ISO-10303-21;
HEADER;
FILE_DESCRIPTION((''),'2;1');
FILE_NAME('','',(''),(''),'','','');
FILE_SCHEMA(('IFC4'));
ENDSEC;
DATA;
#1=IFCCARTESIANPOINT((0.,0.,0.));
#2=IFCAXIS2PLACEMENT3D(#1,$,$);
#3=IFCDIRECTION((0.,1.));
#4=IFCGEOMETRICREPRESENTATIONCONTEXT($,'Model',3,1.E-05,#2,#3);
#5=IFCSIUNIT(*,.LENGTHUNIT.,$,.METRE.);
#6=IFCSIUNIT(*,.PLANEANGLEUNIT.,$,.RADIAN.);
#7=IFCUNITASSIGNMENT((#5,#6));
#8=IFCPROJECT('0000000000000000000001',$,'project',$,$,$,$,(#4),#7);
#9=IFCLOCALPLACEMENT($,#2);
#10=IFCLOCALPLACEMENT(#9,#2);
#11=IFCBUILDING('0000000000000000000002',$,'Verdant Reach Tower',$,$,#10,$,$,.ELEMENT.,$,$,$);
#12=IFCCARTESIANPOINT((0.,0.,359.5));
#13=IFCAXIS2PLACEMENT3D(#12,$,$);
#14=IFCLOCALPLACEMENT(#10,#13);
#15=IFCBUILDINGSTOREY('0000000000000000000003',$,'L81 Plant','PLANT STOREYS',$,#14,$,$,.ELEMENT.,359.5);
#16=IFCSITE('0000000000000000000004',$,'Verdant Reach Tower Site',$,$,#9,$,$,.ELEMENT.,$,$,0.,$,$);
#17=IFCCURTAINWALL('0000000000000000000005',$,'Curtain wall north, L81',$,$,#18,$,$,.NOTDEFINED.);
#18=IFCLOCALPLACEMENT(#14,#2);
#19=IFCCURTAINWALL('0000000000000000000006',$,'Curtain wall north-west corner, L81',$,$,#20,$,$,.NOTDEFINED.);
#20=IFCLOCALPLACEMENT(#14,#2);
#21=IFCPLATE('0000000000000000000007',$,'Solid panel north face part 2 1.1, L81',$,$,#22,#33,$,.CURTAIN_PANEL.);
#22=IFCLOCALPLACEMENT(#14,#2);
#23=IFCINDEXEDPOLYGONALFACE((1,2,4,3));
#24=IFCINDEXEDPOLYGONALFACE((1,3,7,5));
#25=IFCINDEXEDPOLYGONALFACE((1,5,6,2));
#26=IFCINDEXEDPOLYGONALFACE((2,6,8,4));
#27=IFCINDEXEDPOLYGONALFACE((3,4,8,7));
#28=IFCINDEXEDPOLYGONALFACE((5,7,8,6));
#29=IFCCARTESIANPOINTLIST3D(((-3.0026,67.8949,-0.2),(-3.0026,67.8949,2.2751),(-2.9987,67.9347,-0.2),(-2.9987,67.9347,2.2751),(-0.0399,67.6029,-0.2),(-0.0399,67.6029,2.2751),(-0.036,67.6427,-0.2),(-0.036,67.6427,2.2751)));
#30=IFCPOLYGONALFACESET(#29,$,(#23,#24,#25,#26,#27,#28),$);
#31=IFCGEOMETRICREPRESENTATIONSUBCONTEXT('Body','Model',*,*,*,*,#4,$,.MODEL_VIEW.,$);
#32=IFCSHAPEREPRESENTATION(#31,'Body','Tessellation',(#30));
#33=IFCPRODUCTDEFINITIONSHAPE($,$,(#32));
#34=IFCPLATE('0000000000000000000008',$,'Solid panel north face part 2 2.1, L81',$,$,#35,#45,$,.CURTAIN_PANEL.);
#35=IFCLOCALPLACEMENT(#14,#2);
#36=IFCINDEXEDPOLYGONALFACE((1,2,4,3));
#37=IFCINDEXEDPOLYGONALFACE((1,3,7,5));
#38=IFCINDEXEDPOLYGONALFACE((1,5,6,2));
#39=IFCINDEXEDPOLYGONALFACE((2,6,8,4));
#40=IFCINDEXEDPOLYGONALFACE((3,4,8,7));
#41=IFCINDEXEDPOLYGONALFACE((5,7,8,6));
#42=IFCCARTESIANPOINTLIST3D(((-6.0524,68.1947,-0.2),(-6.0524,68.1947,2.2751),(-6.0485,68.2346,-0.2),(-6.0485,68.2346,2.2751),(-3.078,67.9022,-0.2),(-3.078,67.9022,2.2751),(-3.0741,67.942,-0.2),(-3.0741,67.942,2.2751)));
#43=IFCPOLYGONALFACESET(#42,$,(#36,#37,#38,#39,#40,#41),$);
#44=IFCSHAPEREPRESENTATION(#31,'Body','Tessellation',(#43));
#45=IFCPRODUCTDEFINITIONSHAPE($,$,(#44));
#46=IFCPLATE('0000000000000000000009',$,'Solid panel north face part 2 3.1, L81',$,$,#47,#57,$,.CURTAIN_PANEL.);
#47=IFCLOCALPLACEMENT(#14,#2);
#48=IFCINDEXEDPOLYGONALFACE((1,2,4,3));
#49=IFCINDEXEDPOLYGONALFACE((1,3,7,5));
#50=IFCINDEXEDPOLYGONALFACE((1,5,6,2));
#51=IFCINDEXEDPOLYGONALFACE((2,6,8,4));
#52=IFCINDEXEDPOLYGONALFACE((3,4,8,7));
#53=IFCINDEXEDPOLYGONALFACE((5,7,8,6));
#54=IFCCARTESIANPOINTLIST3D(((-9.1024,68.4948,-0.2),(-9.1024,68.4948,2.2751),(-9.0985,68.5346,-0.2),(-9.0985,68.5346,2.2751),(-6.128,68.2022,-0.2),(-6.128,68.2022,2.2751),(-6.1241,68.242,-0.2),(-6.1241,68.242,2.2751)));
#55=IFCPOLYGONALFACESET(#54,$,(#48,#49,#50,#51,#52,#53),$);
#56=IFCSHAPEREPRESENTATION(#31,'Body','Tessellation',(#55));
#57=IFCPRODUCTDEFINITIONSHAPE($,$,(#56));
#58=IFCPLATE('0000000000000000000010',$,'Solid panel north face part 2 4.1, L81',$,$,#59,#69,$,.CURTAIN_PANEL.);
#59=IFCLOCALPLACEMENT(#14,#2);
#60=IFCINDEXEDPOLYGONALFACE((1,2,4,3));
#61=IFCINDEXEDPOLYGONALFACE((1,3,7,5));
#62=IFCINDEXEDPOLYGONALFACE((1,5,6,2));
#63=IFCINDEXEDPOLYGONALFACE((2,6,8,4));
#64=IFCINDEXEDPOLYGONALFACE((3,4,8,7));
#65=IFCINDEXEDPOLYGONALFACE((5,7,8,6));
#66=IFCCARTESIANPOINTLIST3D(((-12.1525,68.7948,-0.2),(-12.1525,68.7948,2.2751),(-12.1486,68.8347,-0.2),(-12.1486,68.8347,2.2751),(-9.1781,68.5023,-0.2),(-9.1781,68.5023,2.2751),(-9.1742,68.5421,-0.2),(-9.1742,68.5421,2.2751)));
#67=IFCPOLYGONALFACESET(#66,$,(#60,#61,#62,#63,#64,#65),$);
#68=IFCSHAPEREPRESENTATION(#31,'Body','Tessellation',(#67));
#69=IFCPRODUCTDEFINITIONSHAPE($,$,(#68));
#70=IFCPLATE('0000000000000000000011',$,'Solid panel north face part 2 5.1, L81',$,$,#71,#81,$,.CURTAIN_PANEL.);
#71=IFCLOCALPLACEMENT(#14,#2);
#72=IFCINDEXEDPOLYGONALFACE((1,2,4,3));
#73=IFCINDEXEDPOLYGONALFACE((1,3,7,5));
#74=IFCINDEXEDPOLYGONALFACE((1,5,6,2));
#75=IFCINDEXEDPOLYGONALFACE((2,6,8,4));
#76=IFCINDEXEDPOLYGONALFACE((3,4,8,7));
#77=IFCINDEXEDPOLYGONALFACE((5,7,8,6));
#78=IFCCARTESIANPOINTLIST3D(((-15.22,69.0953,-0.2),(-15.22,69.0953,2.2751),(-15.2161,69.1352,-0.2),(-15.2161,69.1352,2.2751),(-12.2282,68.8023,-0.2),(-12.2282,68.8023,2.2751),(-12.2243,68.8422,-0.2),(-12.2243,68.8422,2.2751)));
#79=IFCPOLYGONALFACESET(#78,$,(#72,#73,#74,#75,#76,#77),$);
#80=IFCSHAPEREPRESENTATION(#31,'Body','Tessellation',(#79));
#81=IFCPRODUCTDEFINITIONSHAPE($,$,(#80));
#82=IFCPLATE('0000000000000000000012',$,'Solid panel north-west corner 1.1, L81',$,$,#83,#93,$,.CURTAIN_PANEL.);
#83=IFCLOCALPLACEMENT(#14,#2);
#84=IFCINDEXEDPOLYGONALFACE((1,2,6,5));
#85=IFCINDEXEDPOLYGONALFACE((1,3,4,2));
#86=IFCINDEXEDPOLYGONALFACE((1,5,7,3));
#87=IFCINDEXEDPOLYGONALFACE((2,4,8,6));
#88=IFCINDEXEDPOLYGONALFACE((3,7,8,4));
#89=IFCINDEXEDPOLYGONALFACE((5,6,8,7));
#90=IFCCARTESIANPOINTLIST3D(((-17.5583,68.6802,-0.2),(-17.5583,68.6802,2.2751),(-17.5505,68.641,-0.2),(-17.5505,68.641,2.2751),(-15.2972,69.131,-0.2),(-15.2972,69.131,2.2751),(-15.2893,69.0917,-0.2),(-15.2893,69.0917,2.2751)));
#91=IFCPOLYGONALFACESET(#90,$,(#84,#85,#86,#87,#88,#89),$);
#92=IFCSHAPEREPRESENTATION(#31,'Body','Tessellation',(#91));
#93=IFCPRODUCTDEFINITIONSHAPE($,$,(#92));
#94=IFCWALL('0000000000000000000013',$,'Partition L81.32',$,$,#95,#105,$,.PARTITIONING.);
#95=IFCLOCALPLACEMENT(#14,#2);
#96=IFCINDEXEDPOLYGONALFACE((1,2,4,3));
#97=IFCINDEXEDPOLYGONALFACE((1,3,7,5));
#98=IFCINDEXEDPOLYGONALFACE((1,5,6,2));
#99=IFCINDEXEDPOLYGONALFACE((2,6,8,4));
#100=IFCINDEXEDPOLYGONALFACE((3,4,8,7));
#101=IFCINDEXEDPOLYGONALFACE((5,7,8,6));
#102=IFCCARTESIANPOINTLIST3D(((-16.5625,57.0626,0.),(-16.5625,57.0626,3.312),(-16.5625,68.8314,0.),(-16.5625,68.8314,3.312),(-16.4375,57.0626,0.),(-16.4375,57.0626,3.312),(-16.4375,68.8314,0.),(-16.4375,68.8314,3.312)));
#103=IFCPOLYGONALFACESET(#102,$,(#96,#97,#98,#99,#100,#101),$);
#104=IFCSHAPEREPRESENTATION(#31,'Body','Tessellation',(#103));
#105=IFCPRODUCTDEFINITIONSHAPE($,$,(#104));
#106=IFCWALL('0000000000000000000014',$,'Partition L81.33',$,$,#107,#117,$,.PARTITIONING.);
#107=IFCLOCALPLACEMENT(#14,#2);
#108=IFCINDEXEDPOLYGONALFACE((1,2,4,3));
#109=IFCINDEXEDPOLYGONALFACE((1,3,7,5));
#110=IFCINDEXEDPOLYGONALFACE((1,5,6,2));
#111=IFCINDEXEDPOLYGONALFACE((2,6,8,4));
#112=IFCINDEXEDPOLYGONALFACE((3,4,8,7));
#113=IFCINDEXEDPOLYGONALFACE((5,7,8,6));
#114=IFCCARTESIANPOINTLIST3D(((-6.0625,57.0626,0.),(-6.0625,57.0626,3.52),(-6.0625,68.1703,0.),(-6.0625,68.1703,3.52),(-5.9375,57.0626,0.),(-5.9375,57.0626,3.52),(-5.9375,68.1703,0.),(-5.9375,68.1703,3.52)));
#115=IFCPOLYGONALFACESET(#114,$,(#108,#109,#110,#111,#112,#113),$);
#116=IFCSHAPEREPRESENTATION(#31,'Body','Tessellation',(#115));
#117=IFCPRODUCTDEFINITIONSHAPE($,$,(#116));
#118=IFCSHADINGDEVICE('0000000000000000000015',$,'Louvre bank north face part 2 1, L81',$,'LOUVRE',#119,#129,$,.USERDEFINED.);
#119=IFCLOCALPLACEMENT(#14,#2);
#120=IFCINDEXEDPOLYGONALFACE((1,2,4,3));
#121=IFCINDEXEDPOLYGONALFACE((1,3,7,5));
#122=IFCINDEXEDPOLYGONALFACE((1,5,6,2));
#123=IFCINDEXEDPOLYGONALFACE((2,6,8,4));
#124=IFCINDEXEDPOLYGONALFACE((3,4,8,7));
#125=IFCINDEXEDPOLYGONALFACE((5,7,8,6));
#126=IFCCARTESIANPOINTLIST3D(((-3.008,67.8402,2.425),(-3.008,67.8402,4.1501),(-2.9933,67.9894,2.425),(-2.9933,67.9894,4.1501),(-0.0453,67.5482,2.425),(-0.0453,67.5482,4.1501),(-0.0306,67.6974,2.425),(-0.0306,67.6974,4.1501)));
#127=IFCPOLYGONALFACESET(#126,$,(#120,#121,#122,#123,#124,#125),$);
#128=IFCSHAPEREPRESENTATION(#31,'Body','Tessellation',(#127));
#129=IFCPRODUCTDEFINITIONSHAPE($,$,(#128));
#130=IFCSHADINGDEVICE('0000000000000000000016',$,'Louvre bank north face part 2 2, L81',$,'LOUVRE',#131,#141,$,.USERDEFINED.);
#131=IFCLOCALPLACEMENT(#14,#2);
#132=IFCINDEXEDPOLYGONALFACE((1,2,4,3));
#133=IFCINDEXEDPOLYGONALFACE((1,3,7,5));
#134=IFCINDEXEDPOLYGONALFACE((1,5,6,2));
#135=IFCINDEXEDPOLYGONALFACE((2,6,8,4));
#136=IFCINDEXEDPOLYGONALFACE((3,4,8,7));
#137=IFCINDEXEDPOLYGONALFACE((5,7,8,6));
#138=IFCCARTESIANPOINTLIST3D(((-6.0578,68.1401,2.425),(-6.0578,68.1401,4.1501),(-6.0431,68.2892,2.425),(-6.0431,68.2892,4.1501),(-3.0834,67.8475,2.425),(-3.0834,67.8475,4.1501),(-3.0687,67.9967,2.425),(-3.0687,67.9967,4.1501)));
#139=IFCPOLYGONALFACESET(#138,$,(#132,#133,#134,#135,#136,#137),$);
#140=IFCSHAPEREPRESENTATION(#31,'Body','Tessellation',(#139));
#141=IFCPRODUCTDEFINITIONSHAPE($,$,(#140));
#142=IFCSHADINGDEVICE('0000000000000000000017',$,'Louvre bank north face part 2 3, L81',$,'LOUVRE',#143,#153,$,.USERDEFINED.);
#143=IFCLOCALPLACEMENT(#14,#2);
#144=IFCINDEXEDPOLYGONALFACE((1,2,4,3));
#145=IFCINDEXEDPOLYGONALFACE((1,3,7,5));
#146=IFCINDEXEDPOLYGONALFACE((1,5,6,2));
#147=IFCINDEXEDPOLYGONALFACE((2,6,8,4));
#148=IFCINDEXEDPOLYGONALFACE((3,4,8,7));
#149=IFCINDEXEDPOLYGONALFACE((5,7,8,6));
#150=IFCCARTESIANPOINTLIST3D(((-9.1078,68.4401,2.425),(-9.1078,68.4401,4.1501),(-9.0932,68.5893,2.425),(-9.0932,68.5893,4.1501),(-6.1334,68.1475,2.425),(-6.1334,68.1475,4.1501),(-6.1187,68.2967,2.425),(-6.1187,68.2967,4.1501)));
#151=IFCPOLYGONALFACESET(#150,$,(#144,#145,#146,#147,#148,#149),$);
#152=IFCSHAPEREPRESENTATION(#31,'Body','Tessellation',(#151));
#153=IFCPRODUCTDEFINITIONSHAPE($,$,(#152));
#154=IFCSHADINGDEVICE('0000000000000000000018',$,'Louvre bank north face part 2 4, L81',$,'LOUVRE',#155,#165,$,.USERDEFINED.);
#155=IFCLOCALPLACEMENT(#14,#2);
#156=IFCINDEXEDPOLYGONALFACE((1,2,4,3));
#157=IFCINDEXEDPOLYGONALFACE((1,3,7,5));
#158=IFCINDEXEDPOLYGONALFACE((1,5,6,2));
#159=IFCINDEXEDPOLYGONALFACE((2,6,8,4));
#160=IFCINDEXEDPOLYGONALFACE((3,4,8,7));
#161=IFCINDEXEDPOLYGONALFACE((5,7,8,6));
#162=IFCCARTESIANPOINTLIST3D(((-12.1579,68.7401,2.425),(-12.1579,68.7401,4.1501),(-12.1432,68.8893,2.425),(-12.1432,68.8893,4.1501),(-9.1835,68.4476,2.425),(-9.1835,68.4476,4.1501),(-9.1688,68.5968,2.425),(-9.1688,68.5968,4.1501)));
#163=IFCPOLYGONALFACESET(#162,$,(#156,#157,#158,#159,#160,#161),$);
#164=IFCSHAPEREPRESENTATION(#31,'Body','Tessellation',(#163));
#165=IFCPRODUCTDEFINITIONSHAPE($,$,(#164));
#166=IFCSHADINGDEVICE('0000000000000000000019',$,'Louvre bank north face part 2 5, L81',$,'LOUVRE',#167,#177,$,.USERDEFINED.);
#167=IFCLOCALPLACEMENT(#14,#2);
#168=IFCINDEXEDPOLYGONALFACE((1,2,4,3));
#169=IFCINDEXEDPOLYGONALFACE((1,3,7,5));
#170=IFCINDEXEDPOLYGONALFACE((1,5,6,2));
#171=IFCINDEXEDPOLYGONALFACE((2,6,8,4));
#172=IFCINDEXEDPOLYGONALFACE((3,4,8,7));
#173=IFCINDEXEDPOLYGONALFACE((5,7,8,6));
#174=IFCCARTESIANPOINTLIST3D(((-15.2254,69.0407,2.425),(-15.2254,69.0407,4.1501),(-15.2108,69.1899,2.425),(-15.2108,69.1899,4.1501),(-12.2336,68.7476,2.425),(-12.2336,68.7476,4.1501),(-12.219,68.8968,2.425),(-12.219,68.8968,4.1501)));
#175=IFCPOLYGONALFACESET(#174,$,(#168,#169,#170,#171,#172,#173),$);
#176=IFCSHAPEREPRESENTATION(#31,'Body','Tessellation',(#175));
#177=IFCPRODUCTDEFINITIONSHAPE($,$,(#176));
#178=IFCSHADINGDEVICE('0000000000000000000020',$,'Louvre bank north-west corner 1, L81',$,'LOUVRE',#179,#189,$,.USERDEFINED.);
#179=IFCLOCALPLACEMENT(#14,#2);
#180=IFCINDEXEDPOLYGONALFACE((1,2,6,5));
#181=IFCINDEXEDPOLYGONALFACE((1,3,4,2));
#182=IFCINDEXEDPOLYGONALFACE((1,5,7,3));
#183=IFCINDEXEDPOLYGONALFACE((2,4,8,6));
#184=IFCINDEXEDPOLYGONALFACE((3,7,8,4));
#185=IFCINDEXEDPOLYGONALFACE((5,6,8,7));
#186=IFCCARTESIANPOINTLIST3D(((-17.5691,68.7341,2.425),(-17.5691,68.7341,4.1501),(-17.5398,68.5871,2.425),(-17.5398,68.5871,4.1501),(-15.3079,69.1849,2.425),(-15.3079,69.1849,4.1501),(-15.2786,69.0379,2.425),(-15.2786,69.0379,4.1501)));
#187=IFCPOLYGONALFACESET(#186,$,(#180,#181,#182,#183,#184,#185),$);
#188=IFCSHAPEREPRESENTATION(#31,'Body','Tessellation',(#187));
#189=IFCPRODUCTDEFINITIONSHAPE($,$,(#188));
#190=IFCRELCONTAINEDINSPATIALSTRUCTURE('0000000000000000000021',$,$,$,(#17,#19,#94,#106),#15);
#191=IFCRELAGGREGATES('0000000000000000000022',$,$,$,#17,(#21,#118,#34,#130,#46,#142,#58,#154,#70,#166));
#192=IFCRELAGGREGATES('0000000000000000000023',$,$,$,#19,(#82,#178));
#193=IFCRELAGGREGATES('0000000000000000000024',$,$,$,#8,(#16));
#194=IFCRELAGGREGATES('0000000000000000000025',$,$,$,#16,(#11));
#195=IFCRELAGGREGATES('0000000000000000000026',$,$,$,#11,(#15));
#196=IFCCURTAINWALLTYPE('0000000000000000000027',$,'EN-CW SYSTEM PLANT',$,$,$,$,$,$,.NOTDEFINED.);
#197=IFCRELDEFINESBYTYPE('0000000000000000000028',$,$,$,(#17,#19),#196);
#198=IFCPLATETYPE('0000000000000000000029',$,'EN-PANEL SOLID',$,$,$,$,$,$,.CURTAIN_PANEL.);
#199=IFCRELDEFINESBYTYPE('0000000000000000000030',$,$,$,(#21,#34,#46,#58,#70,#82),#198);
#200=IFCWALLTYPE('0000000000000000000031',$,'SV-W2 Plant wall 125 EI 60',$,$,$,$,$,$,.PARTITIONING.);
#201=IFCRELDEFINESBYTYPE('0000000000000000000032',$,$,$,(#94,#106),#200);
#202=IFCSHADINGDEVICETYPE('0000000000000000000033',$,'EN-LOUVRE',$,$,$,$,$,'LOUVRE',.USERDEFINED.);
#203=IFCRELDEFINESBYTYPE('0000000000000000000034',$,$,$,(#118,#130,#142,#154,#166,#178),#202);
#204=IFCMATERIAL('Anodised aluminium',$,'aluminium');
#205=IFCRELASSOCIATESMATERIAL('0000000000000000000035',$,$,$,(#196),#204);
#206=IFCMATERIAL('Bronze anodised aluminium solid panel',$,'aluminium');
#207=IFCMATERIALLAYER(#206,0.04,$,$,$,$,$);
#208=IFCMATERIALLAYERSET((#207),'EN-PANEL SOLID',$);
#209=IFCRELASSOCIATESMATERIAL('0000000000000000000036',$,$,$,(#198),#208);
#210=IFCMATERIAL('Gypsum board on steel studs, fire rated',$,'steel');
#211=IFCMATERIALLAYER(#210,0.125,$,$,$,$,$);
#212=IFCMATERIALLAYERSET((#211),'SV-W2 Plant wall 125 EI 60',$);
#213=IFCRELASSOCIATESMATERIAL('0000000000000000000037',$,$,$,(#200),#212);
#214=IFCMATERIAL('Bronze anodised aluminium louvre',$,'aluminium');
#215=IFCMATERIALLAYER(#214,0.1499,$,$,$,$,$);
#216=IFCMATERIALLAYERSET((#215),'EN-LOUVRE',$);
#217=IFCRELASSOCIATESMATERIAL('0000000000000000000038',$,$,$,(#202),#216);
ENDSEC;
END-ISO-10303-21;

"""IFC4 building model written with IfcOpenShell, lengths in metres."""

from ifc_helpers import new_model, si_unit, direction, frame, frame_2d, origin, origin_2d, place, context, subcontext, project, spatial, rectangle, extrude, material, layer, layer_set, type_object, element, aggregate, save


model = new_model("IFC4")

# Units and contexts
model_context = context("Model", 3, precision=1e-05, world=origin(), true_north=direction((0.0, 1.0)))
body_context = subcontext(model_context, "Body", "Model", "MODEL_VIEW")
ifc_project = project(units=[si_unit("LENGTHUNIT", "METRE"), si_unit("PLANEANGLEUNIT", "RADIAN")], contexts=[model_context])

# Site, building, storey
site_placement = place(None, origin())
site = spatial("IfcSite", under=ifc_project, at=site_placement, Name="Verdant Reach Tower Site", CompositionType="ELEMENT", RefElevation=0.0)
building_placement = place(site_placement, origin())
building = spatial("IfcBuilding", under=site, at=building_placement, Name="Verdant Reach Tower", CompositionType="ELEMENT")
storey_placement = place(building_placement, frame((0.0, 0.0, 359.5)))
storey = spatial("IfcBuildingStorey", under=building, at=storey_placement, Name="L81 Plant", Description="PLANT STOREYS", CompositionType="ELEMENT", Elevation=359.5)

# Curtain wall
ifc_material_1 = material(Name="Anodised aluminium", Category="aluminium")
curtain_wall_type = type_object("IfcCurtainWallType", Name="EN-CW SYSTEM PLANT", PredefinedType="NOTDEFINED", material=ifc_material_1)
curtain_wall_1_placement = place(storey_placement, origin())
curtain_wall_1 = element("IfcCurtainWall", 1, at=curtain_wall_1_placement, inside=storey, type_object=curtain_wall_type, Name="Curtain wall north, L81", PredefinedType="NOTDEFINED")

# Curtain wall
curtain_wall_2_placement = place(storey_placement, origin())
curtain_wall_2 = element("IfcCurtainWall", 2, at=curtain_wall_2_placement, inside=storey, type_object=curtain_wall_type, Name="Curtain wall north-west corner, L81", PredefinedType="NOTDEFINED")

# Plates
ifc_material_2 = material(Name="Bronze anodised aluminium solid panel", Category="aluminium")
ifc_layer_1 = layer(ifc_material_2, 0.04)
ifc_layer_set_1 = layer_set([ifc_layer_1], Name="EN-PANEL SOLID")
plate_type = type_object("IfcPlateType", Name="EN-PANEL SOLID", PredefinedType="CURTAIN_PANEL", material=ifc_layer_set_1)
plate_1_placement = place(storey_placement, frame((-1.5193, 67.7688, -0.2), z_axis=(0.0, 0.0, 1.0), x_axis=(-0.995179, 0.098075, 0.0)))
plate_1 = element("IfcPlate", 3, at=plate_1_placement, type_object=plate_type, Name="Solid panel north face part 2 1.1, L81", PredefinedType="CURTAIN_PANEL", context=body_context, shape_type="SweptSolid", body=[
    extrude(rectangle(XDim=2.9771, YDim=0.04, at=origin_2d()), origin(), (0.0, 0.0, 1.0), 2.4751),
])
plate_2_placement = place(storey_placement, frame((-4.5632, 68.0684, -0.2), z_axis=(0.0, 0.0, 1.0), x_axis=(-0.995197, 0.097888, 0.0)))
plate_2 = element("IfcPlate", 4, at=plate_2_placement, type_object=plate_type, Name="Solid panel north face part 2 2.1, L81", PredefinedType="CURTAIN_PANEL", context=body_context, shape_type="SweptSolid", body=[
    extrude(rectangle(XDim=2.9888, YDim=0.04, at=origin_2d()), origin(), (0.0, 0.0, 1.0), 2.4751),
])
plate_3_placement = place(storey_placement, frame((-7.6133, 68.3684, -0.2), z_axis=(0.0, 0.0, 1.0), x_axis=(-0.995197, 0.097888, 0.0)))
plate_3 = element("IfcPlate", 5, at=plate_3_placement, type_object=plate_type, Name="Solid panel north face part 2 3.1, L81", PredefinedType="CURTAIN_PANEL", context=body_context, shape_type="SweptSolid", body=[
    extrude(rectangle(XDim=2.9888, YDim=0.04, at=origin_2d()), origin(), (0.0, 0.0, 1.0), 2.4751),
])
plate_4_placement = place(storey_placement, frame((-10.6633, 68.6685, -0.2), z_axis=(0.0, 0.0, 1.0), x_axis=(-0.995197, 0.097888, 0.0)))
plate_4 = element("IfcPlate", 6, at=plate_4_placement, type_object=plate_type, Name="Solid panel north face part 2 4.1, L81", PredefinedType="CURTAIN_PANEL", context=body_context, shape_type="SweptSolid", body=[
    extrude(rectangle(XDim=2.9888, YDim=0.04, at=origin_2d()), origin(), (0.0, 0.0, 1.0), 2.4751),
])
plate_5_placement = place(storey_placement, frame((-13.7222, 68.9688, -0.2), z_axis=(0.0, 0.0, 1.0), x_axis=(-0.995238, 0.097473, 0.0)))
plate_5 = element("IfcPlate", 7, at=plate_5_placement, type_object=plate_type, Name="Solid panel north face part 2 5.1, L81", PredefinedType="CURTAIN_PANEL", context=body_context, shape_type="SweptSolid", body=[
    extrude(rectangle(XDim=3.0061, YDim=0.04, at=origin_2d()), origin(), (0.0, 0.0, 1.0), 2.4751),
])
plate_6_placement = place(storey_placement, frame((-16.4238, 68.886, -0.2), z_axis=(0.0, 0.0, 1.0), x_axis=(-0.980705, -0.195493, 0.0)))
plate_6 = element("IfcPlate", 8, at=plate_6_placement, type_object=plate_type, Name="Solid panel north-west corner 1.1, L81", PredefinedType="CURTAIN_PANEL", context=body_context, shape_type="SweptSolid", body=[
    extrude(rectangle(XDim=2.3057, YDim=0.04, at=origin_2d()), origin(), (0.0, 0.0, 1.0), 2.4751),
])

# Walls
ifc_material_3 = material(Name="Gypsum board on steel studs, fire rated", Category="steel")
ifc_layer_2 = layer(ifc_material_3, 0.125)
ifc_layer_set_2 = layer_set([ifc_layer_2], Name="SV-W2 Plant wall 125 EI 60")
wall_type = type_object("IfcWallType", Name="SV-W2 Plant wall 125 EI 60", PredefinedType="PARTITIONING", material=ifc_layer_set_2)
wall_1_placement = place(storey_placement, frame((-16.5, 68.8313, 0.0), z_axis=(0.0, 0.0, 1.0), x_axis=(0.0, -1.0, 0.0)))
element("IfcWall", 9, at=wall_1_placement, inside=storey, type_object=wall_type, Name="Partition L81.32", PredefinedType="PARTITIONING", context=body_context, shape_type="SweptSolid", body=[
    extrude(rectangle(XDim=11.7688, YDim=0.125, at=frame_2d((5.8843, 0.0))), origin(), (0.0, 0.0, 1.0), 3.312),
])
wall_2_placement = place(storey_placement, frame((-6.0, 68.1702, 0.0), z_axis=(0.0, 0.0, 1.0), x_axis=(0.0, -1.0, 0.0)))
element("IfcWall", 10, at=wall_2_placement, inside=storey, type_object=wall_type, Name="Partition L81.33", PredefinedType="PARTITIONING", context=body_context, shape_type="SweptSolid", body=[
    extrude(rectangle(XDim=11.1077, YDim=0.125, at=frame_2d((5.5537, 0.0))), origin(), (0.0, 0.0, 1.0), 3.52),
])

# Shading devices
ifc_material_4 = material(Name="Bronze anodised aluminium louvre", Category="aluminium")
ifc_layer_3 = layer(ifc_material_4, 0.1499)
ifc_layer_set_3 = layer_set([ifc_layer_3], Name="EN-LOUVRE")
shading_device_type = type_object("IfcShadingDeviceType", Name="EN-LOUVRE", ElementType="LOUVRE", PredefinedType="USERDEFINED", material=ifc_layer_set_3)
shading_device_1_placement = place(storey_placement, frame((-1.5193, 67.7688, 2.425), z_axis=(0.0, 0.0, 1.0), x_axis=(-0.995179, 0.098075, 0.0)))
shading_device_1 = element("IfcShadingDevice", 11, at=shading_device_1_placement, type_object=shading_device_type, Name="Louvre bank north face part 2 1, L81", ObjectType="LOUVRE", PredefinedType="USERDEFINED", context=body_context, shape_type="SweptSolid", body=[
    extrude(rectangle(XDim=2.9771, YDim=0.1499, at=origin_2d()), origin(), (0.0, 0.0, 1.0), 1.7251),
])
shading_device_2_placement = place(storey_placement, frame((-4.5632, 68.0684, 2.425), z_axis=(0.0, 0.0, 1.0), x_axis=(-0.995197, 0.097888, 0.0)))
shading_device_2 = element("IfcShadingDevice", 12, at=shading_device_2_placement, type_object=shading_device_type, Name="Louvre bank north face part 2 2, L81", ObjectType="LOUVRE", PredefinedType="USERDEFINED", context=body_context, shape_type="SweptSolid", body=[
    extrude(rectangle(XDim=2.9888, YDim=0.1499, at=origin_2d()), origin(), (0.0, 0.0, 1.0), 1.7251),
])
shading_device_3_placement = place(storey_placement, frame((-7.6133, 68.3684, 2.425), z_axis=(0.0, 0.0, 1.0), x_axis=(-0.995197, 0.097888, 0.0)))
shading_device_3 = element("IfcShadingDevice", 13, at=shading_device_3_placement, type_object=shading_device_type, Name="Louvre bank north face part 2 3, L81", ObjectType="LOUVRE", PredefinedType="USERDEFINED", context=body_context, shape_type="SweptSolid", body=[
    extrude(rectangle(XDim=2.9888, YDim=0.1499, at=origin_2d()), origin(), (0.0, 0.0, 1.0), 1.7251),
])
shading_device_4_placement = place(storey_placement, frame((-10.6633, 68.6685, 2.425), z_axis=(0.0, 0.0, 1.0), x_axis=(-0.995197, 0.097888, 0.0)))
shading_device_4 = element("IfcShadingDevice", 14, at=shading_device_4_placement, type_object=shading_device_type, Name="Louvre bank north face part 2 4, L81", ObjectType="LOUVRE", PredefinedType="USERDEFINED", context=body_context, shape_type="SweptSolid", body=[
    extrude(rectangle(XDim=2.9888, YDim=0.1499, at=origin_2d()), origin(), (0.0, 0.0, 1.0), 1.7251),
])
shading_device_5_placement = place(storey_placement, frame((-13.7222, 68.9688, 2.425), z_axis=(0.0, 0.0, 1.0), x_axis=(-0.995238, 0.097473, 0.0)))
shading_device_5 = element("IfcShadingDevice", 15, at=shading_device_5_placement, type_object=shading_device_type, Name="Louvre bank north face part 2 5, L81", ObjectType="LOUVRE", PredefinedType="USERDEFINED", context=body_context, shape_type="SweptSolid", body=[
    extrude(rectangle(XDim=3.0061, YDim=0.1499, at=origin_2d()), origin(), (0.0, 0.0, 1.0), 1.7251),
])
aggregate(curtain_wall_1, [plate_1, shading_device_1, plate_2, shading_device_2, plate_3, shading_device_3, plate_4, shading_device_4, plate_5, shading_device_5])
shading_device_6_placement = place(storey_placement, frame((-16.4238, 68.886, 2.425), z_axis=(0.0, 0.0, 1.0), x_axis=(-0.980705, -0.195493, 0.0)))
shading_device_6 = element("IfcShadingDevice", 16, at=shading_device_6_placement, type_object=shading_device_type, Name="Louvre bank north-west corner 1, L81", ObjectType="LOUVRE", PredefinedType="USERDEFINED", context=body_context, shape_type="SweptSolid", body=[
    extrude(rectangle(XDim=2.3057, YDim=0.1499, at=origin_2d()), origin(), (0.0, 0.0, 1.0), 1.7251),
])
aggregate(curtain_wall_2, [plate_6, shading_device_6])

save(model, "model.ifc")
